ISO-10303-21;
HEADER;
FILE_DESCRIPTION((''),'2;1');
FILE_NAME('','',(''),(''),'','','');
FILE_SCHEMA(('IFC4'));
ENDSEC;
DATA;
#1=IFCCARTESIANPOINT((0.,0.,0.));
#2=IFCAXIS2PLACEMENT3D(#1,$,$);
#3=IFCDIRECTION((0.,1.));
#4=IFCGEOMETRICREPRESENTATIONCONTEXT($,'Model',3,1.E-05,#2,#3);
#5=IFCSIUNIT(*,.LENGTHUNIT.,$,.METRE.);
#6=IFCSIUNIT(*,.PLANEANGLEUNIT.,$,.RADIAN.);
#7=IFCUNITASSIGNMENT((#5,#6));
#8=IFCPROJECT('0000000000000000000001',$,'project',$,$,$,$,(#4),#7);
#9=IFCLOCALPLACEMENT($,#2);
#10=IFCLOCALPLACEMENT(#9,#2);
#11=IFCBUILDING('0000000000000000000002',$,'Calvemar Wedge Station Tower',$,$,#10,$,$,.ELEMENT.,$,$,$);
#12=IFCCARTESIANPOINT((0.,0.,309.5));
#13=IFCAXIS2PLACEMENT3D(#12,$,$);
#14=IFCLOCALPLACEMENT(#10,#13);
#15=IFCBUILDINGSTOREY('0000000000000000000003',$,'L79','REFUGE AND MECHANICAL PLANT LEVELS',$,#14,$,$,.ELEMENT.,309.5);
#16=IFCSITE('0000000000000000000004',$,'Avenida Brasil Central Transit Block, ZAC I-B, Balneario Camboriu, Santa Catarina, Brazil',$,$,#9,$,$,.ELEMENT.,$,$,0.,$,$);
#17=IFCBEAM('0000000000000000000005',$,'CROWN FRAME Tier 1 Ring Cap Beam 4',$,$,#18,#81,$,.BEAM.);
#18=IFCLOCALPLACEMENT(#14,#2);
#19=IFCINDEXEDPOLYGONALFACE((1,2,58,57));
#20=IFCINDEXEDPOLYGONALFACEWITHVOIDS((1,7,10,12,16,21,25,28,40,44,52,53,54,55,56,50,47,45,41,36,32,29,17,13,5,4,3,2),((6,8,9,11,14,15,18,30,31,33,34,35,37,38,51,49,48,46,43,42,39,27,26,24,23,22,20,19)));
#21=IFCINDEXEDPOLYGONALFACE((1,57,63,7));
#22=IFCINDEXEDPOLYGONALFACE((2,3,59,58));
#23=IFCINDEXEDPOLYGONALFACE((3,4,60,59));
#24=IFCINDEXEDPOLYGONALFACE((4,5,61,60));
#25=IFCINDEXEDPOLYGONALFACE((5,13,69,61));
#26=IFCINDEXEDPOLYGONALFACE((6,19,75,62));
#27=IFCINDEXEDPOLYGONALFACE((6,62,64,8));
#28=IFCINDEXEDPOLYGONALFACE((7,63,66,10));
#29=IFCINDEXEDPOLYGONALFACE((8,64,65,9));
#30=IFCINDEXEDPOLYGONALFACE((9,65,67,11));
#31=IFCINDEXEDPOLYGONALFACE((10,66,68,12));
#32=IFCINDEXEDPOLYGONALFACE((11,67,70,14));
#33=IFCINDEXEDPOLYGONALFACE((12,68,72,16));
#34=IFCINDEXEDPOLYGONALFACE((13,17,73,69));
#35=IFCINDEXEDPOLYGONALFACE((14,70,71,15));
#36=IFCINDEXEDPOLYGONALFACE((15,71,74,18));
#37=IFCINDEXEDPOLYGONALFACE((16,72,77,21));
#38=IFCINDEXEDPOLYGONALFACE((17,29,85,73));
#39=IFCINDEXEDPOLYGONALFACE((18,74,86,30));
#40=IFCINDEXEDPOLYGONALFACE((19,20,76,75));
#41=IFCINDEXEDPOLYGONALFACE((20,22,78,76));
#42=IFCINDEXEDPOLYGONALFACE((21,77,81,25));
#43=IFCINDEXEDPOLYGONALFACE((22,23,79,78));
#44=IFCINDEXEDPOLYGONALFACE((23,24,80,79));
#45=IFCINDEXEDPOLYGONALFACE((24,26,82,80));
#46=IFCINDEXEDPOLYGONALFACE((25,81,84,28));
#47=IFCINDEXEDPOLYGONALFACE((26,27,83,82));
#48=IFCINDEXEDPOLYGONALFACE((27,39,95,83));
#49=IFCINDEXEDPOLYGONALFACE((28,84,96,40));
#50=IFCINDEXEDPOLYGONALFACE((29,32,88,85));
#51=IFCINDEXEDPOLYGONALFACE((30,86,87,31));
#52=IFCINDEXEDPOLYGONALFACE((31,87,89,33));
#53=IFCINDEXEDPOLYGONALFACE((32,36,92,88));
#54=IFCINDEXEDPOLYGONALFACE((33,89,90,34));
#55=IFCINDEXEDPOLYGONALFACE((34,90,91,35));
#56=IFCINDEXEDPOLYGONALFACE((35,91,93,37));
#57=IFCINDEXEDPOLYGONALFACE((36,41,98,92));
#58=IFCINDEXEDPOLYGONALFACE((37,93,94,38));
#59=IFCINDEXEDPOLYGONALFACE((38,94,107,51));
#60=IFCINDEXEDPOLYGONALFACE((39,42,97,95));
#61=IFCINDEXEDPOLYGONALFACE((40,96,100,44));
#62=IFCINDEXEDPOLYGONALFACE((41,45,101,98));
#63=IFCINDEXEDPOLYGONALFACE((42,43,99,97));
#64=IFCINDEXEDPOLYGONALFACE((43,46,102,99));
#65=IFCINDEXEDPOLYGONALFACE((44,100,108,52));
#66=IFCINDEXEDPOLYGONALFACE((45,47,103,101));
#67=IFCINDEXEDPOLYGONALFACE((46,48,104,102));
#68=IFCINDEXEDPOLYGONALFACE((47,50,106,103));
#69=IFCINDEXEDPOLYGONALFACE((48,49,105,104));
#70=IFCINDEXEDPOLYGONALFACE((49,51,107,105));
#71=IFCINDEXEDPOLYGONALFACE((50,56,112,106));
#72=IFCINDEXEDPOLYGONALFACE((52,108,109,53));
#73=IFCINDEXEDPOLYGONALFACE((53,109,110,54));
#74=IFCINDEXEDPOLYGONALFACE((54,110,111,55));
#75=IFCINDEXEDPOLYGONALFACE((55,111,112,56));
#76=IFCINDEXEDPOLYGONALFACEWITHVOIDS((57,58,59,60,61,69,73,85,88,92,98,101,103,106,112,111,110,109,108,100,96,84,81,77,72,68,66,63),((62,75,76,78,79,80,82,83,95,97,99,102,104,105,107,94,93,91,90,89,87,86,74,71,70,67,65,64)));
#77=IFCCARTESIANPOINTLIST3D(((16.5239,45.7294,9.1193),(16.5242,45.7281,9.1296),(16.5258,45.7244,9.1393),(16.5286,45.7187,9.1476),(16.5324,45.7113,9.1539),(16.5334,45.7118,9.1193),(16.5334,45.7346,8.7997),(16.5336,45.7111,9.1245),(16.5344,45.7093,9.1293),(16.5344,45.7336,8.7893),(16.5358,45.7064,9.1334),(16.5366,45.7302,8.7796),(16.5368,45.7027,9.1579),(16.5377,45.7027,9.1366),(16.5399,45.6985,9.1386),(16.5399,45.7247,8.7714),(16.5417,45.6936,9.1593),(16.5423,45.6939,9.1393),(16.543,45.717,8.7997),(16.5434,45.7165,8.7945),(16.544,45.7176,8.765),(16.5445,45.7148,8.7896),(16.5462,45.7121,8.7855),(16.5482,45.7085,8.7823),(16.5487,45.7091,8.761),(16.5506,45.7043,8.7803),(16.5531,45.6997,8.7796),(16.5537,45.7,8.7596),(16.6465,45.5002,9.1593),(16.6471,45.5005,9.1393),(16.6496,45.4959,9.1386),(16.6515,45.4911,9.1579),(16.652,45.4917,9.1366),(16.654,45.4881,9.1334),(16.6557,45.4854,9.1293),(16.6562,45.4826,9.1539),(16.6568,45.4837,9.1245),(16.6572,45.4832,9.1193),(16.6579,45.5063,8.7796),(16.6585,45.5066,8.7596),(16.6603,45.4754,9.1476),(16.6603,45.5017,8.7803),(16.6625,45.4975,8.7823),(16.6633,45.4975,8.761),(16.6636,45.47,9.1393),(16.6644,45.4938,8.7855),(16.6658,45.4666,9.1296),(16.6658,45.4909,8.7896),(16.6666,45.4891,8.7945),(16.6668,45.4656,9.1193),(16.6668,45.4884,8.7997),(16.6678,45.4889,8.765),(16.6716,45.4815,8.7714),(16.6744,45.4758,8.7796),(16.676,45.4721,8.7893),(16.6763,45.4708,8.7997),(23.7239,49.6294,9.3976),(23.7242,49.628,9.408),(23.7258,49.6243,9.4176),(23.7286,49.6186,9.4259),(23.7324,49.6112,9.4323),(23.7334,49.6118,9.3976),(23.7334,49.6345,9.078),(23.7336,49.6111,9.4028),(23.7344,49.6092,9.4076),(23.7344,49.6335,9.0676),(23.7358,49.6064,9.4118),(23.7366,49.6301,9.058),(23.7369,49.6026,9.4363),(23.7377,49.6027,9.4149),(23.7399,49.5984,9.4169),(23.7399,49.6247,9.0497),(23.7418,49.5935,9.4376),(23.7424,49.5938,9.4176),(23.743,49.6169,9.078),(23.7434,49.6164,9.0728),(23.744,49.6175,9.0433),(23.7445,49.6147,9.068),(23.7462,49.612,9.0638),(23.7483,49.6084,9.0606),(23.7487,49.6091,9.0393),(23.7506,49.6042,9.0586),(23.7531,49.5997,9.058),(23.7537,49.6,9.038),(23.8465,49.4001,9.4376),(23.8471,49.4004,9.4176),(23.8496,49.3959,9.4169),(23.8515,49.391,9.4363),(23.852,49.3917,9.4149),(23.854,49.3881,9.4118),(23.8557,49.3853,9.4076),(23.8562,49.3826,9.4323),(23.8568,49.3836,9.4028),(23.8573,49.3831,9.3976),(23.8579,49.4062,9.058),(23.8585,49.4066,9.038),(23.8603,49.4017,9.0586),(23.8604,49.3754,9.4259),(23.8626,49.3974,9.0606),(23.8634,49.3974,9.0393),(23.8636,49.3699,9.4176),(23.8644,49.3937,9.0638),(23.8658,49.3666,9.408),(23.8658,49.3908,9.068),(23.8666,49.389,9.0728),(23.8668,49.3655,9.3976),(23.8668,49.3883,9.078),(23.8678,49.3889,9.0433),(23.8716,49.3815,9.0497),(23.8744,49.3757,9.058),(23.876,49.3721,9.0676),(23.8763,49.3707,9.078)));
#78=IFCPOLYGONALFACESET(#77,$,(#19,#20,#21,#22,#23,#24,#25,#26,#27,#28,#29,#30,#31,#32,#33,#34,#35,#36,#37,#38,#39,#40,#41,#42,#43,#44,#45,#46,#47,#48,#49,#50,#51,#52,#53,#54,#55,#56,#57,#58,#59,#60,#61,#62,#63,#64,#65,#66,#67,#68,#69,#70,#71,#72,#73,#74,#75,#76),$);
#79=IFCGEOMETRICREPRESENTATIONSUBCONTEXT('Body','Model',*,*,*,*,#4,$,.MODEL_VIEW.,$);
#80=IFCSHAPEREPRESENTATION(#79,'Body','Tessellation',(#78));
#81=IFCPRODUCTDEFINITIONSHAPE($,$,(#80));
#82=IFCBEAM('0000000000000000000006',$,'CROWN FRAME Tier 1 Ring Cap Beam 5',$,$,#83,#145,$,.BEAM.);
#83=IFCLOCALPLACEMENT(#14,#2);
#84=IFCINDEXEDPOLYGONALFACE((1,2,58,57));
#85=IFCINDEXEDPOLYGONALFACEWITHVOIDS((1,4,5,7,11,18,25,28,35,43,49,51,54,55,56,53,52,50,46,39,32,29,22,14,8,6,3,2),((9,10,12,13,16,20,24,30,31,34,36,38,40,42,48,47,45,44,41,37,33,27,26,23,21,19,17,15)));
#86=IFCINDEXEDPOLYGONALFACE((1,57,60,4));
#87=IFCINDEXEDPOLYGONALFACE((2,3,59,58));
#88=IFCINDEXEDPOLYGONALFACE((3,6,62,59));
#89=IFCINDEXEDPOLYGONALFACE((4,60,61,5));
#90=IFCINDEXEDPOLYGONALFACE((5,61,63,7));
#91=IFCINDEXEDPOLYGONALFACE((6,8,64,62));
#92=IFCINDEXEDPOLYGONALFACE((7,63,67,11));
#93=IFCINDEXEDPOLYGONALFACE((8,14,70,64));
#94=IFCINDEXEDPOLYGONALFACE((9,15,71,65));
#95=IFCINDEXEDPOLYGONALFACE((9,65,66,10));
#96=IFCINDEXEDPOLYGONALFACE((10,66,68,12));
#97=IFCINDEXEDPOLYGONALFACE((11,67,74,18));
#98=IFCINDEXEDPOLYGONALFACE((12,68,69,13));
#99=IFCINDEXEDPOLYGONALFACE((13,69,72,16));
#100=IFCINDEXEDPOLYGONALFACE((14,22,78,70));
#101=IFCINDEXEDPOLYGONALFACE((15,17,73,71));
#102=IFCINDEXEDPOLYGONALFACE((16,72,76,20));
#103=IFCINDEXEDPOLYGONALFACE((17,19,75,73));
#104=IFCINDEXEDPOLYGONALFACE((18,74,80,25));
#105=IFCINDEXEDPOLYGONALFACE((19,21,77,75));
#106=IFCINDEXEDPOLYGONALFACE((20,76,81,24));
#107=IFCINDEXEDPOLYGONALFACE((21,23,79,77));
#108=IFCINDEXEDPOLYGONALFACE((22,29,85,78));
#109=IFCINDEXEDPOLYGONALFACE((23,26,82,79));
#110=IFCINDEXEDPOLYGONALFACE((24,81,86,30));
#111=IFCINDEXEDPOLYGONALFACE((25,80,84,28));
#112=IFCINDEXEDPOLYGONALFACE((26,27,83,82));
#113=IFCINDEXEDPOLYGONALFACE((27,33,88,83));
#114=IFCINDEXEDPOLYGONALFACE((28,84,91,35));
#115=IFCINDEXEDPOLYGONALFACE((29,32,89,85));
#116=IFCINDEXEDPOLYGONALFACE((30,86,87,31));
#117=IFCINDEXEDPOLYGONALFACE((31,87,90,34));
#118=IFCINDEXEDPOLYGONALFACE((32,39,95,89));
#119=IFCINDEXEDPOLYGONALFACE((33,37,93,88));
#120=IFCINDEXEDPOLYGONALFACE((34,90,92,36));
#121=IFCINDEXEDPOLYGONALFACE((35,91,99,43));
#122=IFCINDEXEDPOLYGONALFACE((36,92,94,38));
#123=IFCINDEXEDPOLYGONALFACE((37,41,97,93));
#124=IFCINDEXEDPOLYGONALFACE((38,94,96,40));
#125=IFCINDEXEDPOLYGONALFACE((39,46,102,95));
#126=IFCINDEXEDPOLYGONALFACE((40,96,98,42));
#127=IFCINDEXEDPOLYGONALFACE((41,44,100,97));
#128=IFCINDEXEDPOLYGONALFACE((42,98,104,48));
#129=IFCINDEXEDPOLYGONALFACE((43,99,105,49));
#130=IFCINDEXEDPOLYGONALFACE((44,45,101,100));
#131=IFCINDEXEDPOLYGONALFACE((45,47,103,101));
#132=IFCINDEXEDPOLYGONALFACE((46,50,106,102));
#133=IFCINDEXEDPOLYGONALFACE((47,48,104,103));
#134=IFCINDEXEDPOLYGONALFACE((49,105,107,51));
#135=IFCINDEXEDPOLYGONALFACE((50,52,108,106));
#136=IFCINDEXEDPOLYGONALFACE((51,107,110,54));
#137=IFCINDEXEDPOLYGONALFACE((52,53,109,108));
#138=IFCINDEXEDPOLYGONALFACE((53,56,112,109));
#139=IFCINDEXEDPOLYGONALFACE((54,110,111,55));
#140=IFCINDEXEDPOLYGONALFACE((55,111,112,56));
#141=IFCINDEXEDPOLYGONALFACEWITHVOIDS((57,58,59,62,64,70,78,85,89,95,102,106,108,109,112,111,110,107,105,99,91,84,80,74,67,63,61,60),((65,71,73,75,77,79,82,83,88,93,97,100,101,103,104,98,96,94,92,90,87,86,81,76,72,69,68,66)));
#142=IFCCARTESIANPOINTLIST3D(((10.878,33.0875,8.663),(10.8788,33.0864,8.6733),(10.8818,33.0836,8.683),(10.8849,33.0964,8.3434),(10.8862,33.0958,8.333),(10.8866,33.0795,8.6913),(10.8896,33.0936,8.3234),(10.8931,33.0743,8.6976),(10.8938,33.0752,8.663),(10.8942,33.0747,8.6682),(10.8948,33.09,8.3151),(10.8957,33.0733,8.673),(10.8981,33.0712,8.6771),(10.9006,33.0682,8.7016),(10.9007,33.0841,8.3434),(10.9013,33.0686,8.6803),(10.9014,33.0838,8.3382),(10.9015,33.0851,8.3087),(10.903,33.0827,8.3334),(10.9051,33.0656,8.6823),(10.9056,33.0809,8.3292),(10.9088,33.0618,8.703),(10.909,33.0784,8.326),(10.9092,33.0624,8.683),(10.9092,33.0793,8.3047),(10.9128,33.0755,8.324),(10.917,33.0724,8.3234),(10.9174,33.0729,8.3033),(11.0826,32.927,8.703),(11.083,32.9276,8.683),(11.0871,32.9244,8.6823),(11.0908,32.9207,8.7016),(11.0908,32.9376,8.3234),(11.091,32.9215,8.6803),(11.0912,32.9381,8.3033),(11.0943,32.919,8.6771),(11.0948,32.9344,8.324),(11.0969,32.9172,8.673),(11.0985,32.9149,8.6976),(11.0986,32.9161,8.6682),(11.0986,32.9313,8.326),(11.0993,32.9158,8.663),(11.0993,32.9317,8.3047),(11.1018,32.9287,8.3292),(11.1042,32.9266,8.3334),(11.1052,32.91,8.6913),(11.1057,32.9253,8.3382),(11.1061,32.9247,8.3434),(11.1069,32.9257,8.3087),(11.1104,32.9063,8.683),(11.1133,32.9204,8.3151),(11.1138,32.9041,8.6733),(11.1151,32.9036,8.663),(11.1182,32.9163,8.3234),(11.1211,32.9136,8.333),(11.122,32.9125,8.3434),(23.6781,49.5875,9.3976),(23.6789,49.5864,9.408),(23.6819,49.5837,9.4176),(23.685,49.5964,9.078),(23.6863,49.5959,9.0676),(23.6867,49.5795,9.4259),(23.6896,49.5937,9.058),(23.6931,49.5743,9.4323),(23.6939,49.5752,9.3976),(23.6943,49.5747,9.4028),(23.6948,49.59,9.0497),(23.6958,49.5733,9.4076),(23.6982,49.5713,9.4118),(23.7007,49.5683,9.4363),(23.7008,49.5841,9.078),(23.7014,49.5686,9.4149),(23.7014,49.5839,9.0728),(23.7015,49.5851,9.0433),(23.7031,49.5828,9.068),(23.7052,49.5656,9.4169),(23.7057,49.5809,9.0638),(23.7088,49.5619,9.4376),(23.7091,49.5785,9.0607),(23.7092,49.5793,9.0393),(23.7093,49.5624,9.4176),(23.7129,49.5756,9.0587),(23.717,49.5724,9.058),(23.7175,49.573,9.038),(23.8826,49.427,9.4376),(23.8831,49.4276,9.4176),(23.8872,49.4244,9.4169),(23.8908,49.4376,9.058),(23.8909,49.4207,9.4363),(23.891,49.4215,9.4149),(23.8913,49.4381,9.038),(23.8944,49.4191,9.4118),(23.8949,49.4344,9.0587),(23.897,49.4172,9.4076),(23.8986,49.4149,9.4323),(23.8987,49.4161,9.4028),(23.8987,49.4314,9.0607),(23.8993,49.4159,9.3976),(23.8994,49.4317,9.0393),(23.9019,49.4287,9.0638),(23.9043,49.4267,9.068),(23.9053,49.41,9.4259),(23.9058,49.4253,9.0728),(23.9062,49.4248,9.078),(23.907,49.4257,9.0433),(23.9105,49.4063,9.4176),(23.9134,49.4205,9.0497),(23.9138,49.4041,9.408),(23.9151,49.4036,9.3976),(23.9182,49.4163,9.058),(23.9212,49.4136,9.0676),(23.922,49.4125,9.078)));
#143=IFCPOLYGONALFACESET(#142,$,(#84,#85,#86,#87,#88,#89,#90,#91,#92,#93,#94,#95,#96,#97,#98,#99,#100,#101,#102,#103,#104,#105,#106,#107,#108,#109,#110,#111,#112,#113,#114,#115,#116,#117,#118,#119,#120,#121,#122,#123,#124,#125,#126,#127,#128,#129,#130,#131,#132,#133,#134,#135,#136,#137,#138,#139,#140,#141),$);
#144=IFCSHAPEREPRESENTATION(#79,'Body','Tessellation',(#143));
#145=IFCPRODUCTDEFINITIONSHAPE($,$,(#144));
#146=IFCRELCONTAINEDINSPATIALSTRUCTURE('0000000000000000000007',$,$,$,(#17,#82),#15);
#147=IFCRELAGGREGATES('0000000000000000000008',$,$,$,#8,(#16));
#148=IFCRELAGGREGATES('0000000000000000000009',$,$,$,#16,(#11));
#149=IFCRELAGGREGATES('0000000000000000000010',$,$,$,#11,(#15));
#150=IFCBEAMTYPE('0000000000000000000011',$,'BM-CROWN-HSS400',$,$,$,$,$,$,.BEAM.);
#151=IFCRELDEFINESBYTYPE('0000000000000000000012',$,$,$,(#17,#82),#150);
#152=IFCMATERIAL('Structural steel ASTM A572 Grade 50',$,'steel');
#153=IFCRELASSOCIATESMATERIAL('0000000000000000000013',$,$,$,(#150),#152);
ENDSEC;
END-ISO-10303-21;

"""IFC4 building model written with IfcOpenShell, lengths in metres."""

from ifc_helpers import new_model, si_unit, direction, frame, origin, origin_2d, place, context, subcontext, project, spatial, hollow_rectangle, extrude, source, transform, mapped, material, material_profile, profile_set, type_object, element, save


model = new_model("IFC4")

# Units and contexts
model_context = context("Model", 3, precision=1e-05, world=origin(), true_north=direction((0.0, 1.0)))
body_context = subcontext(model_context, "Body", "Model", "MODEL_VIEW")
ifc_project = project(units=[si_unit("LENGTHUNIT", "METRE"), si_unit("PLANEANGLEUNIT", "RADIAN")], contexts=[model_context])

# Site, building, storey
site_placement = place(None, origin())
site = spatial("IfcSite", under=ifc_project, at=site_placement, Name="Avenida Brasil Central Transit Block, ZAC I-B, Balneario Camboriu, Santa Catarina, Brazil", CompositionType="ELEMENT", RefElevation=0.0)
building_placement = place(site_placement, origin())
building = spatial("IfcBuilding", under=site, at=building_placement, Name="Calvemar Wedge Station Tower", CompositionType="ELEMENT")
storey_placement = place(building_placement, frame((0.0, 0.0, 309.5)))
storey = spatial("IfcBuildingStorey", under=building, at=storey_placement, Name="L79", Description="REFUGE AND MECHANICAL PLANT LEVELS", CompositionType="ELEMENT", Elevation=309.5)

# Shared definitions
ifc_material_1 = material(Name="Structural steel ASTM A572 Grade 50", Category="steel")

# Beams
ifc_material_profile_1 = material_profile(ifc_material_1, hollow_rectangle(XDim=0.3, YDim=0.3999, WallThickness=0.02, InnerFilletRadius=0.02, OuterFilletRadius=0.04, at=origin_2d()), Name="HSS400x300x20")
ifc_profile_set_1 = profile_set([ifc_material_profile_1], Name="Structural steel ASTM A572 Grade 50")
beam_type = type_object("IfcBeamType", Name="BM-CROWN-HSS400", PredefinedType="BEAM", material=ifc_profile_set_1)
shared_shape_1 = source(origin(), body_context, "Body", "SweptSolid", [
    extrude(hollow_rectangle(XDim=0.3, YDim=0.3999, WallThickness=0.02, InnerFilletRadius=0.02, OuterFilletRadius=0.04, at=origin_2d()), origin(), (0.0, 0.0, 1.0), 8.1931),
])
beam_1_placement = place(storey_placement, frame((16.6001, 45.6001, 8.9595), z_axis=(0.878788, 0.476002, 0.03397), x_axis=(-0.476276, 0.879296, 0.0)))
element("IfcBeam", 1, at=beam_1_placement, inside=storey, type_object=beam_type, Name="CROWN FRAME Tier 1 Ring Cap Beam 4", PredefinedType="BEAM", context=body_context, shape_type="MappedRepresentation", body=[
    mapped(shared_shape_1, transform((0.0, 0.0, 0.0), scale=1.0)),
])
shared_shape_2 = source(origin(), body_context, "Body", "SweptSolid", [
    extrude(hollow_rectangle(XDim=0.3, YDim=0.3999, WallThickness=0.02, InnerFilletRadius=0.02, OuterFilletRadius=0.04, at=origin_2d()), origin(), (0.0, 0.0, 1.0), 20.8958),
])
beam_2_placement = place(storey_placement, frame((23.8, 49.5, 9.2378), z_axis=(-0.612568, -0.789636, -0.035156), x_axis=(0.790124, -0.612947, 0.0)))
element("IfcBeam", 2, at=beam_2_placement, inside=storey, type_object=beam_type, Name="CROWN FRAME Tier 1 Ring Cap Beam 5", PredefinedType="BEAM", context=body_context, shape_type="MappedRepresentation", body=[
    mapped(shared_shape_2, transform((0.0, 0.0, 0.0), scale=1.0)),
])

save(model, "model.ifc")
